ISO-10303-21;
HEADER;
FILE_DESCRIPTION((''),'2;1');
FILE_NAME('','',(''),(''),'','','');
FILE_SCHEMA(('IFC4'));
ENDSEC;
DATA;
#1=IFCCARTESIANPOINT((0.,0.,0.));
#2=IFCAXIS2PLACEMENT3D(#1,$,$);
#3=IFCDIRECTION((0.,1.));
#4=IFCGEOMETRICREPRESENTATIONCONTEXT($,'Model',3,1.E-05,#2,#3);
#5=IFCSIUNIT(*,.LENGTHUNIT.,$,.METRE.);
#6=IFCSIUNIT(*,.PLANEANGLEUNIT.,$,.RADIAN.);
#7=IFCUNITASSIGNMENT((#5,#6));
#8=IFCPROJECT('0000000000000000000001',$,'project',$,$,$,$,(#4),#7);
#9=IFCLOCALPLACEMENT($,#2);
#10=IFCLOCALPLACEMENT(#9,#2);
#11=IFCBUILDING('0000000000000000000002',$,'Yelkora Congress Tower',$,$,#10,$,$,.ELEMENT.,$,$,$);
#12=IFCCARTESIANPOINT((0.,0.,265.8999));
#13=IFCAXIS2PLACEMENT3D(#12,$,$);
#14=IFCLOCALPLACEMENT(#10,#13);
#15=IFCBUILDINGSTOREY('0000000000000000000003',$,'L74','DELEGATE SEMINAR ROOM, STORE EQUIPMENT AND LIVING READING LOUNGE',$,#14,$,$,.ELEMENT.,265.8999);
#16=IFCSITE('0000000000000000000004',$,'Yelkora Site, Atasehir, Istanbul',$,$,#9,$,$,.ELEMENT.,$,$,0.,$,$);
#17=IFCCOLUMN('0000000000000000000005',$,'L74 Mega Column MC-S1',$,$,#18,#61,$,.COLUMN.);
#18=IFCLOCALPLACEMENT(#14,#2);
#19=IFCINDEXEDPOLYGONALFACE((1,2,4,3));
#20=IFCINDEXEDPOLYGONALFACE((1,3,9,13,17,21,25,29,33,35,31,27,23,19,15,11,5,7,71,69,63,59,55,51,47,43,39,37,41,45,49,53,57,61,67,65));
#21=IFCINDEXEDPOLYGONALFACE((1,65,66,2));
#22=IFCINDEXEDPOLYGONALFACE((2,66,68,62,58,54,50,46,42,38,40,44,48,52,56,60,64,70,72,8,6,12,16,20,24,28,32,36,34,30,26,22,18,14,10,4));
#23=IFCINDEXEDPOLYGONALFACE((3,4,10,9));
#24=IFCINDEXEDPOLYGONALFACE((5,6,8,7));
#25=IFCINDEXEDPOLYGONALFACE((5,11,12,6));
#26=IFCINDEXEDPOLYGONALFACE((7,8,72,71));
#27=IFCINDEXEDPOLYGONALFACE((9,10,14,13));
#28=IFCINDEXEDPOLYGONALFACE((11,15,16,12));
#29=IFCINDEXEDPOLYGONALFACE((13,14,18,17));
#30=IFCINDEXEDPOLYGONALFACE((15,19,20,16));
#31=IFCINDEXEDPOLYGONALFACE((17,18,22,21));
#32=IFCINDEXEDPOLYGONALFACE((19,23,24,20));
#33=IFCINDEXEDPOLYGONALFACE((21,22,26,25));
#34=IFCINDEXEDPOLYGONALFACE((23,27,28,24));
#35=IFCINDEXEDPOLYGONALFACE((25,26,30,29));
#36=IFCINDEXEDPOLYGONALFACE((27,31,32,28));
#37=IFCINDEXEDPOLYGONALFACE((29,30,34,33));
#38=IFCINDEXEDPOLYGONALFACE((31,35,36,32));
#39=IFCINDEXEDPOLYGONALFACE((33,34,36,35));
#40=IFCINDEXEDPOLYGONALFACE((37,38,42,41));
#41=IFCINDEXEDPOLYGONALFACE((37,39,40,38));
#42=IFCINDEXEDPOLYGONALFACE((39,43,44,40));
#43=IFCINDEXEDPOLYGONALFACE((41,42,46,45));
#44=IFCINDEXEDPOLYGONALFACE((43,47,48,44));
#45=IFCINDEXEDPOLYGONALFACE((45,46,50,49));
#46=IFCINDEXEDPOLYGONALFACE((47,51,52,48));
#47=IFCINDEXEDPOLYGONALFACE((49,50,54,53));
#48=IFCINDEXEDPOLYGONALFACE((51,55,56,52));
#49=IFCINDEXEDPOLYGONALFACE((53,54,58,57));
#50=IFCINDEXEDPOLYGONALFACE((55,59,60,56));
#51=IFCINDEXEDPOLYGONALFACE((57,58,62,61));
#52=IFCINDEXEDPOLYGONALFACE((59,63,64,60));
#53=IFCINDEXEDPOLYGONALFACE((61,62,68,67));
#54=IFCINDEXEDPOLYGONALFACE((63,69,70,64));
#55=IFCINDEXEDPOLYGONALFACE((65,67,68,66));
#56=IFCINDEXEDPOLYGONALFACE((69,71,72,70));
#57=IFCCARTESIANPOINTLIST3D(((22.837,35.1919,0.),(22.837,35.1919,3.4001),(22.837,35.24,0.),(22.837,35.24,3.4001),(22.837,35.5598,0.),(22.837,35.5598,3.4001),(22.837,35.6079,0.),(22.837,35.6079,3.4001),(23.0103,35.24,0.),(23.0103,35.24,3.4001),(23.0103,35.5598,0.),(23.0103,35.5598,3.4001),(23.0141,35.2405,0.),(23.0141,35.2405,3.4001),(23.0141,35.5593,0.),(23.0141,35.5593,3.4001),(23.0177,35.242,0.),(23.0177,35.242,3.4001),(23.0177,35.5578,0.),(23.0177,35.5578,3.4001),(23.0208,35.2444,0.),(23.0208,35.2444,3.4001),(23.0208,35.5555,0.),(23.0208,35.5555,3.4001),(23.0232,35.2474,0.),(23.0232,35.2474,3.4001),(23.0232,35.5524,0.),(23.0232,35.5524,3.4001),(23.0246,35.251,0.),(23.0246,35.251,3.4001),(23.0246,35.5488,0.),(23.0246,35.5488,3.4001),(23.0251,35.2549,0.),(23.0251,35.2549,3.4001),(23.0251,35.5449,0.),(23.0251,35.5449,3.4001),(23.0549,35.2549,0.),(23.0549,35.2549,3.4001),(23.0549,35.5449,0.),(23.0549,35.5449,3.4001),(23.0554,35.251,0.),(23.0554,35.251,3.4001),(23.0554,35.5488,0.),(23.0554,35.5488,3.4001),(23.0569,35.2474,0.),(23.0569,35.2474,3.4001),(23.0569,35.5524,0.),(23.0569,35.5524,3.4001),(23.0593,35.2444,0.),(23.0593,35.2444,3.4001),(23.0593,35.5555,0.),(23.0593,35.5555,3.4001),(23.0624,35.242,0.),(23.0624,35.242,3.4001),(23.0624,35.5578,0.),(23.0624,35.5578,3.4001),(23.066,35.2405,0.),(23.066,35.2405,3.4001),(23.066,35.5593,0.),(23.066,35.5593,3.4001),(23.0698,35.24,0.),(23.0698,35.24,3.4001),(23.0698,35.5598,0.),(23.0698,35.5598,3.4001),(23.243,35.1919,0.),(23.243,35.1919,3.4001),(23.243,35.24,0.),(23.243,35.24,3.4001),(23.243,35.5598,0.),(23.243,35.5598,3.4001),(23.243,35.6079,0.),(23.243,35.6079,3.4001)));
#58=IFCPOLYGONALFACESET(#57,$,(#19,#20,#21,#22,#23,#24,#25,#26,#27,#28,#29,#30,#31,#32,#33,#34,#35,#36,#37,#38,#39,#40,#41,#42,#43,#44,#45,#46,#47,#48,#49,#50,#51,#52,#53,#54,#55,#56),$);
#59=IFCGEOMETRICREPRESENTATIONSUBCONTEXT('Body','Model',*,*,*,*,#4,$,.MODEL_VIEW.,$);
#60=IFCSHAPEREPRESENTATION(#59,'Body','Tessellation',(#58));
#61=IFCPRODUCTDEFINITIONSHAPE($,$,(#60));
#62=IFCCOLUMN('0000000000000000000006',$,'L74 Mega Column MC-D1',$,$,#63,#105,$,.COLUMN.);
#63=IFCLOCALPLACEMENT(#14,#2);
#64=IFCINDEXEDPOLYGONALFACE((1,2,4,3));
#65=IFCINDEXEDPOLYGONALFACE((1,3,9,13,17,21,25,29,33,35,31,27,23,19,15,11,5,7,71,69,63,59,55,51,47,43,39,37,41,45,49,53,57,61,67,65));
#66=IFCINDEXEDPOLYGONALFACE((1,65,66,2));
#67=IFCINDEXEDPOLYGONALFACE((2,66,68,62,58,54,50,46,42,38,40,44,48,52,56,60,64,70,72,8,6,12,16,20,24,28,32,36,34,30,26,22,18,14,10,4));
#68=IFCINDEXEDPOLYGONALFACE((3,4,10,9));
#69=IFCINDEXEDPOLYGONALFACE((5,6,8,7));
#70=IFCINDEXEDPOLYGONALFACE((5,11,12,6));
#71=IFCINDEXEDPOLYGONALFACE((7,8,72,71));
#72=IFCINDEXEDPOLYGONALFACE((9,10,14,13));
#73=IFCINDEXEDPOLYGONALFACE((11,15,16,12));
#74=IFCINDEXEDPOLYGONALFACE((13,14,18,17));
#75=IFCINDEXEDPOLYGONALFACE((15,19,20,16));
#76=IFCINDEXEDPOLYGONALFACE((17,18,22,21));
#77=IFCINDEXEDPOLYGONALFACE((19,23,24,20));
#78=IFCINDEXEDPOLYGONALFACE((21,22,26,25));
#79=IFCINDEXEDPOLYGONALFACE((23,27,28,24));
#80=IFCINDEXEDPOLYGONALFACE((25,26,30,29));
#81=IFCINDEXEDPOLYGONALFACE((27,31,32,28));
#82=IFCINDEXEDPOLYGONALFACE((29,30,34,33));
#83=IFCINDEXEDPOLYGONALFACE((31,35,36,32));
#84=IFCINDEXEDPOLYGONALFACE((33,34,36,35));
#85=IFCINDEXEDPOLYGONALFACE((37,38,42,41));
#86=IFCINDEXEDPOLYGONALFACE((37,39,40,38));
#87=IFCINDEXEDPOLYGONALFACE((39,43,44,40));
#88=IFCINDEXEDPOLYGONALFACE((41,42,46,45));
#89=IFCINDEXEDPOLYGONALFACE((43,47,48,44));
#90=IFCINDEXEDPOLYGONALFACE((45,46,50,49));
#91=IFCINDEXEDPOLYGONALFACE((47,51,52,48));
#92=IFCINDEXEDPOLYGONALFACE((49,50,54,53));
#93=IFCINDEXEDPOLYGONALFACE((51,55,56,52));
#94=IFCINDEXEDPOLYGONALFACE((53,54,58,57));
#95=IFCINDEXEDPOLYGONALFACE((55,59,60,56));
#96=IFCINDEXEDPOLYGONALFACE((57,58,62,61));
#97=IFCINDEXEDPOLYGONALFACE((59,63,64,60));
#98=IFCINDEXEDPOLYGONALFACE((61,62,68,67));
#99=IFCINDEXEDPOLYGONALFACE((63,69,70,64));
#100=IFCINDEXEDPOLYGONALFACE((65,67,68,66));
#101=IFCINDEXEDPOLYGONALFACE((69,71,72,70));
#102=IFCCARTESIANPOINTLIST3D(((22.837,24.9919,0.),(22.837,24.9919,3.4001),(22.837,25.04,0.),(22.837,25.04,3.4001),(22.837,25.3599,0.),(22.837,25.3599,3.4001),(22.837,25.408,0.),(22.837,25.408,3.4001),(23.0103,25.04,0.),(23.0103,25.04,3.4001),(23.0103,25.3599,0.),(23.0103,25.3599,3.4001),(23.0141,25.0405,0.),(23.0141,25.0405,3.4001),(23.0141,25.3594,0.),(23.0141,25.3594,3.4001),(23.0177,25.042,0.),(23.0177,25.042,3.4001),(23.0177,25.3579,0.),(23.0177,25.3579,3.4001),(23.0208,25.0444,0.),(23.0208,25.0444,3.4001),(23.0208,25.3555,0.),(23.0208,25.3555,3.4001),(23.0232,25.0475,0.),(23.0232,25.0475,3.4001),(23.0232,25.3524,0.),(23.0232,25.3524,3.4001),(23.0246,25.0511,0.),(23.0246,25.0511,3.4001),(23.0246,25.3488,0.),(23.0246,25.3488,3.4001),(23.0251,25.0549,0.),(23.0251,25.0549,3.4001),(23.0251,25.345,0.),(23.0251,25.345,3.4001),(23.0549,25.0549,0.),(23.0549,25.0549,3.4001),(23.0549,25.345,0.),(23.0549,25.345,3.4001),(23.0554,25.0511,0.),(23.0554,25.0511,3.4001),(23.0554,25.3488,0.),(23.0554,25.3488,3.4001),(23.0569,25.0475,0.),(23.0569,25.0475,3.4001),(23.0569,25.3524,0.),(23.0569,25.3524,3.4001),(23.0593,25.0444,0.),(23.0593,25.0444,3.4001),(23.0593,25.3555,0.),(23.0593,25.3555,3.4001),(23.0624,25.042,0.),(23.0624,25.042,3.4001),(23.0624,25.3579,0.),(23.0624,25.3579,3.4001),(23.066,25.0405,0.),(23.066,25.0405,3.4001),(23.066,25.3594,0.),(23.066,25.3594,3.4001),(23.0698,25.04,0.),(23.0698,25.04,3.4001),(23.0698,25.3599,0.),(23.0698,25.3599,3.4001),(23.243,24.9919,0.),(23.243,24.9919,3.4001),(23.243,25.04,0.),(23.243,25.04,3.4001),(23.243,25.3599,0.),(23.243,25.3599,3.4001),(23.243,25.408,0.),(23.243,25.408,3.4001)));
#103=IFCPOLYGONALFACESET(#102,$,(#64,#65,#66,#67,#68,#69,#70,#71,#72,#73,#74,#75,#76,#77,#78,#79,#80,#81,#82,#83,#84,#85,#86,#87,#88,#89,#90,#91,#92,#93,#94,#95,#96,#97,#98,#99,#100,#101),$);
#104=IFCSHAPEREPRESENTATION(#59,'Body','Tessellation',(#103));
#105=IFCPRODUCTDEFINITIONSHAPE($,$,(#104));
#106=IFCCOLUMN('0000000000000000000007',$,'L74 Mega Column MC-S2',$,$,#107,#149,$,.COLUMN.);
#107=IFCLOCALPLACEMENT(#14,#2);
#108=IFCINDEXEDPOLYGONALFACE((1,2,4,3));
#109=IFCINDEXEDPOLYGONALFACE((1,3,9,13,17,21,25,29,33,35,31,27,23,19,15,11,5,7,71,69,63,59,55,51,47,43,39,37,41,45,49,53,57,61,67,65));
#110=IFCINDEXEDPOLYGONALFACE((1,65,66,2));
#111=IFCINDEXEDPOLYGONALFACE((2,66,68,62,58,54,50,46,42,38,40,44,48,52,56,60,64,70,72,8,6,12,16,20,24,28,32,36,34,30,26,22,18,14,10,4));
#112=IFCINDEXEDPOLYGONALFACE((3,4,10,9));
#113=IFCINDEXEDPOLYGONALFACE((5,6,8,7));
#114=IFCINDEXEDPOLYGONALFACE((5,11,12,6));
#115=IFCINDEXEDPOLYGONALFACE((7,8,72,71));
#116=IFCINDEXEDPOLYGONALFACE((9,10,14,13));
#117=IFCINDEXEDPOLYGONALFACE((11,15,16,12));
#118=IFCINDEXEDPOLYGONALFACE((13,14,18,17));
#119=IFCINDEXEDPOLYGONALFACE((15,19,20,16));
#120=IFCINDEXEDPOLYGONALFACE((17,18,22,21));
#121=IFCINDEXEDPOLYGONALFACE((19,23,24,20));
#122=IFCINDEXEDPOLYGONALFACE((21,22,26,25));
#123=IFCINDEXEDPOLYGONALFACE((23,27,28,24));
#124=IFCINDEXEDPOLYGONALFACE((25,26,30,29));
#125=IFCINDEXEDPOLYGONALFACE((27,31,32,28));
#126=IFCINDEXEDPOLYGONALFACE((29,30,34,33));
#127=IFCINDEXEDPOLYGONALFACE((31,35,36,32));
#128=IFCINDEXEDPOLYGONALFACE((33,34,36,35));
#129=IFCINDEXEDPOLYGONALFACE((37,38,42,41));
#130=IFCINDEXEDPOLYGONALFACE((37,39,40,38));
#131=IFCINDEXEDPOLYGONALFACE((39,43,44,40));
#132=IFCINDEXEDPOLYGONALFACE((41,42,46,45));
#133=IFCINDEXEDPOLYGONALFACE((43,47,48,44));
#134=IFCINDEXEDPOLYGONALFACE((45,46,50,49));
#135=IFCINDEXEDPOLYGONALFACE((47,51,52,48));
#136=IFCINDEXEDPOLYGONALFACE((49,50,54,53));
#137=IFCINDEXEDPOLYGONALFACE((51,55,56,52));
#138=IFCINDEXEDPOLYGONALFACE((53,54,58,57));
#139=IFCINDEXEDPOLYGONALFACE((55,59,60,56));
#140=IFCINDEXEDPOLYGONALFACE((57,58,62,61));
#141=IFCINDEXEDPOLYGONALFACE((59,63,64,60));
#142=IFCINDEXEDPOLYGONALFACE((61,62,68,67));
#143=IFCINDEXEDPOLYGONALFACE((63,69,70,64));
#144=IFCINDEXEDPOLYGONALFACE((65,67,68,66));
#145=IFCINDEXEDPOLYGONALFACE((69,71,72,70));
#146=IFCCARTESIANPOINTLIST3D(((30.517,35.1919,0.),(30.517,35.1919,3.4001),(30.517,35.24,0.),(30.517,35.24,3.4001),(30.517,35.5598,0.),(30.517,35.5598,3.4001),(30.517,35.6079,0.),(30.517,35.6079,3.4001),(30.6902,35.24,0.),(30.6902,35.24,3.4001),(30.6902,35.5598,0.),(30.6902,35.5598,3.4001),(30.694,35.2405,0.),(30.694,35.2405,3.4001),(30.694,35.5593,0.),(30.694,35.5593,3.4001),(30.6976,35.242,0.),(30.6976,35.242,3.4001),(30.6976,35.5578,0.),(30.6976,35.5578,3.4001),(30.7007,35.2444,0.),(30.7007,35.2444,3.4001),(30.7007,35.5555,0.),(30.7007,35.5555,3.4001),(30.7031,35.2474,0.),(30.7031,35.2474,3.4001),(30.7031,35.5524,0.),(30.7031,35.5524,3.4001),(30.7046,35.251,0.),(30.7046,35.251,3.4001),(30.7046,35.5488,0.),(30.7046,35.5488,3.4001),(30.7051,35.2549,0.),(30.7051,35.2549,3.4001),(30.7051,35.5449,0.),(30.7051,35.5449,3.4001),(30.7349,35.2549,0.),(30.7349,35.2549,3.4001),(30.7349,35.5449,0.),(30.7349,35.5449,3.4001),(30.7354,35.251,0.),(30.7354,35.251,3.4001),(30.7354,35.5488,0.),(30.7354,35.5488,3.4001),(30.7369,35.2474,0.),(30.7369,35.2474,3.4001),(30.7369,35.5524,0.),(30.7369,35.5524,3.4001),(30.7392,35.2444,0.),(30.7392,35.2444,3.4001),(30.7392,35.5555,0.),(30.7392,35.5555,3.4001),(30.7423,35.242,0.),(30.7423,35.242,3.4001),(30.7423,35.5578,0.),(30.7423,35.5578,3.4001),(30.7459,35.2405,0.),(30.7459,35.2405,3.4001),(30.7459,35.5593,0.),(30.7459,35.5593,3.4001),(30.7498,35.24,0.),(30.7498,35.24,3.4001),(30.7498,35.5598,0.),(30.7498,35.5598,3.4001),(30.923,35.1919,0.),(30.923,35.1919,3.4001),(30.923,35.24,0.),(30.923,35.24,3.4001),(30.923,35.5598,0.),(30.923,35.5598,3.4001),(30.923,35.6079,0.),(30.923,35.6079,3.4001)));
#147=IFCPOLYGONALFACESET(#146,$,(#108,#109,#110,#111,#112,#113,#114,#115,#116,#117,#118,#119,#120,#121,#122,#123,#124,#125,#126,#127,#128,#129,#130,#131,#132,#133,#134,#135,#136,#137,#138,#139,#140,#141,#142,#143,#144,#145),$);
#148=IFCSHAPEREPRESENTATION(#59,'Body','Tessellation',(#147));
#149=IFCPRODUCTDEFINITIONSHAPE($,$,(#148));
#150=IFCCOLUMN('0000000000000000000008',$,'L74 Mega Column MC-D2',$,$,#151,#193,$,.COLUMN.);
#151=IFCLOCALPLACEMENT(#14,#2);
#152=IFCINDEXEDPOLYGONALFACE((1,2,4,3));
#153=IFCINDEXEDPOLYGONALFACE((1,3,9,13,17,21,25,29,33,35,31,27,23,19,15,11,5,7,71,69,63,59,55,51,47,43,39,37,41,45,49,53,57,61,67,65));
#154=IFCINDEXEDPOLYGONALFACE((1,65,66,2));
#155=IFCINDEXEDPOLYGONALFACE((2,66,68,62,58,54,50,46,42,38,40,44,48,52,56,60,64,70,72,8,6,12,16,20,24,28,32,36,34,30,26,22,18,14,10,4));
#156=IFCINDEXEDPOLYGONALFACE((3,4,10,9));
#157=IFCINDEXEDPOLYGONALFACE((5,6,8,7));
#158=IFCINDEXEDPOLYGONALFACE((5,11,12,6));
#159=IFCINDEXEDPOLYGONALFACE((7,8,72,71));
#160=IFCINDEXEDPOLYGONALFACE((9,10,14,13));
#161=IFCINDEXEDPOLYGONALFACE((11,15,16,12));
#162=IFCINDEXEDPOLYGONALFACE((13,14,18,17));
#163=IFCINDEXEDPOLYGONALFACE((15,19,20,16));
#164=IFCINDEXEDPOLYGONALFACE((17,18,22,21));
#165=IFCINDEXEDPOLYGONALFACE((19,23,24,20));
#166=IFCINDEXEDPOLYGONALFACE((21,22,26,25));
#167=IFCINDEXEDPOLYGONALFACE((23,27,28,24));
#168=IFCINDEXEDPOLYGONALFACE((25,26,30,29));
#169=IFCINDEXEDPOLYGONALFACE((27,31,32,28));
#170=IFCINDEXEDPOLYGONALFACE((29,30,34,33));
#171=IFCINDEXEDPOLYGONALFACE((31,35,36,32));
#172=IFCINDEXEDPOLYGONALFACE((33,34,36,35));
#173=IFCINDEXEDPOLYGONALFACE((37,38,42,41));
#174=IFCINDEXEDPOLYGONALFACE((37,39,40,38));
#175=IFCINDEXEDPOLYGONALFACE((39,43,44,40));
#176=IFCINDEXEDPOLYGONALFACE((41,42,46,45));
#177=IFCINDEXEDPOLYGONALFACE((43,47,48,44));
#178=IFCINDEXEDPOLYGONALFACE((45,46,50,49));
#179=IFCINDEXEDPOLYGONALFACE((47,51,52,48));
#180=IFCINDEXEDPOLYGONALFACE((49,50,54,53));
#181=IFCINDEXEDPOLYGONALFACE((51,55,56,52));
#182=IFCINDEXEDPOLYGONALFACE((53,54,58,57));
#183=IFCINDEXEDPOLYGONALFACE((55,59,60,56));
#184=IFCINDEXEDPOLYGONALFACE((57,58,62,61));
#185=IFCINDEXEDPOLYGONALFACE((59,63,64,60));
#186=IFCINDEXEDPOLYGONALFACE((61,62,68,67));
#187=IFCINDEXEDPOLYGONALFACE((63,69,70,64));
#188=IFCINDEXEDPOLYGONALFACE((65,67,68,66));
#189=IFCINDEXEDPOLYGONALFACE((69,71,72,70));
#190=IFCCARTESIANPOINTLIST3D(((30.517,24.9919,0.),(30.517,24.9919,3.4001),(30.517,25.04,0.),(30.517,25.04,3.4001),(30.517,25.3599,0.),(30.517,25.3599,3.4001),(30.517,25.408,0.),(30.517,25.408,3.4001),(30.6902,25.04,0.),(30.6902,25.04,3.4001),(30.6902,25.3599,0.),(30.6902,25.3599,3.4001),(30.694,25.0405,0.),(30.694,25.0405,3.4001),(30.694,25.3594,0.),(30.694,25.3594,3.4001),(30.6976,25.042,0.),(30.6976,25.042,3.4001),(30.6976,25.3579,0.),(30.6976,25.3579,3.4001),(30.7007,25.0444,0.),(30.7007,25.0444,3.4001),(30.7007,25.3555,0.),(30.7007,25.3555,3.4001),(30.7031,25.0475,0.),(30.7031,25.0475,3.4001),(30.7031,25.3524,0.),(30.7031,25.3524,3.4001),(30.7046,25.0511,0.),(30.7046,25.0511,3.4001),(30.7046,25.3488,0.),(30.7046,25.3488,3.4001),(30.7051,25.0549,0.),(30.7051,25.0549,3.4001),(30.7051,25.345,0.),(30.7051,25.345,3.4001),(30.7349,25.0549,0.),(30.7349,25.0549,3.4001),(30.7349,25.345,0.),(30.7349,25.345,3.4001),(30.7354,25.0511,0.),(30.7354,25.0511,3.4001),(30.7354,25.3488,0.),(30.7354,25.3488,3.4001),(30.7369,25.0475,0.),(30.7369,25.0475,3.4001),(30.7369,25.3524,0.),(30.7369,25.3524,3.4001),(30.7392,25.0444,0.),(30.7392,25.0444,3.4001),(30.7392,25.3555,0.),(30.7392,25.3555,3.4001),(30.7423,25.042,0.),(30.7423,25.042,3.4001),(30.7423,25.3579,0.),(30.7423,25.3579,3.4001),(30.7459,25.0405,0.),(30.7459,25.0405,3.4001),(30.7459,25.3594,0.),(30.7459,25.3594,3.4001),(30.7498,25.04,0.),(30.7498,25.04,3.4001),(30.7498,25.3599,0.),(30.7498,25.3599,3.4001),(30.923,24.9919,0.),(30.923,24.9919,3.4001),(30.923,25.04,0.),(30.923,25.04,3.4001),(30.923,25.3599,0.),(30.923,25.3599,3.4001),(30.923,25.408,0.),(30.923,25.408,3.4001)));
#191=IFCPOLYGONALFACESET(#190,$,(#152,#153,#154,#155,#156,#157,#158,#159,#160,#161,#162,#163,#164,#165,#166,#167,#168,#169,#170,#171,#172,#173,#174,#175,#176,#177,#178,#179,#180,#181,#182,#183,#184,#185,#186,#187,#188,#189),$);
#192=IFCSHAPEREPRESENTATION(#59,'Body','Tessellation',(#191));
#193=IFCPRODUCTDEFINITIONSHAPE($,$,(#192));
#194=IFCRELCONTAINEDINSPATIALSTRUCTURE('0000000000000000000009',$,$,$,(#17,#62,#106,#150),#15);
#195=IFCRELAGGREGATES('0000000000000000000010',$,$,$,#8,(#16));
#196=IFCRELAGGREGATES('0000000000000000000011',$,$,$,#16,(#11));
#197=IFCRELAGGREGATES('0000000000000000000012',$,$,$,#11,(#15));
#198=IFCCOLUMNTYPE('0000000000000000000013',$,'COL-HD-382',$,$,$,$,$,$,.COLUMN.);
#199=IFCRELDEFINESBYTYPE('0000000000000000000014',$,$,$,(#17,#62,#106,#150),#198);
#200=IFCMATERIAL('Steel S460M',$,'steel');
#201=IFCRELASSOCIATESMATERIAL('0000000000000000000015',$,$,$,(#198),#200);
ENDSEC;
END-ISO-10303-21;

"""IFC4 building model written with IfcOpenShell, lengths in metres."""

from ifc_helpers import new_model, si_unit, direction, frame, origin, origin_2d, place, context, subcontext, project, spatial, i_section, extrude, material, material_profile, profile_set, type_object, element, save


model = new_model("IFC4")

# Units and contexts
model_context = context("Model", 3, precision=1e-05, world=origin(), true_north=direction((0.0, 1.0)))
body_context = subcontext(model_context, "Body", "Model", "MODEL_VIEW")
ifc_project = project(units=[si_unit("LENGTHUNIT", "METRE"), si_unit("PLANEANGLEUNIT", "RADIAN")], contexts=[model_context])

# Site, building, storey
site_placement = place(None, origin())
site = spatial("IfcSite", under=ifc_project, at=site_placement, Name="Yelkora Site, Atasehir, Istanbul", CompositionType="ELEMENT", RefElevation=0.0)
building_placement = place(site_placement, origin())
building = spatial("IfcBuilding", under=site, at=building_placement, Name="Yelkora Congress Tower", CompositionType="ELEMENT")
storey_placement = place(building_placement, frame((0.0, 0.0, 265.8999)))
storey = spatial("IfcBuildingStorey", under=building, at=storey_placement, Name="L74", Description="DELEGATE SEMINAR ROOM, STORE EQUIPMENT AND LIVING READING LOUNGE", CompositionType="ELEMENT", Elevation=265.8999)

# Columns
ifc_material_1 = material(Name="Steel S460M", Category="steel")
ifc_material_profile_1 = material_profile(ifc_material_1, i_section(OverallWidth=0.406, OverallDepth=0.416, WebThickness=0.0298, FlangeThickness=0.0481, FilletRadius=0.0149, at=origin_2d()), Name="HD 400x382")
ifc_profile_set_1 = profile_set([ifc_material_profile_1], Name="Steel S460M")
column_type = type_object("IfcColumnType", Name="COL-HD-382", PredefinedType="COLUMN", material=ifc_profile_set_1)
for number, where, z_axis, x_axis, name in (
    (1, (23.04, 35.3999, 0.0), (0.0, 0.0, 1.0), (1.0, 0.0, 0.0), "L74 Mega Column MC-S1"),
    (2, (23.04, 25.2, 0.0), (0.0, 0.0, 1.0), (1.0, 0.0, 0.0), "L74 Mega Column MC-D1"),
    (3, (30.72, 35.3999, 0.0), (0.0, 0.0, 1.0), (1.0, 0.0, 0.0), "L74 Mega Column MC-S2"),
    (4, (30.72, 25.2, 0.0), (0.0, 0.0, 1.0), (1.0, 0.0, 0.0), "L74 Mega Column MC-D2"),
):
    element("IfcColumn", number, at=place(storey_placement, frame(where, z_axis=z_axis, x_axis=x_axis)), inside=storey, type_object=column_type, Name=name, PredefinedType="COLUMN", context=body_context, shape_type="SweptSolid", body=[
        extrude(i_section(OverallWidth=0.406, OverallDepth=0.416, WebThickness=0.0298, FlangeThickness=0.0481, FilletRadius=0.0149, at=origin_2d()), origin(), (0.0, 0.0, 1.0), 3.4001),
    ])

save(model, "model.ifc")
